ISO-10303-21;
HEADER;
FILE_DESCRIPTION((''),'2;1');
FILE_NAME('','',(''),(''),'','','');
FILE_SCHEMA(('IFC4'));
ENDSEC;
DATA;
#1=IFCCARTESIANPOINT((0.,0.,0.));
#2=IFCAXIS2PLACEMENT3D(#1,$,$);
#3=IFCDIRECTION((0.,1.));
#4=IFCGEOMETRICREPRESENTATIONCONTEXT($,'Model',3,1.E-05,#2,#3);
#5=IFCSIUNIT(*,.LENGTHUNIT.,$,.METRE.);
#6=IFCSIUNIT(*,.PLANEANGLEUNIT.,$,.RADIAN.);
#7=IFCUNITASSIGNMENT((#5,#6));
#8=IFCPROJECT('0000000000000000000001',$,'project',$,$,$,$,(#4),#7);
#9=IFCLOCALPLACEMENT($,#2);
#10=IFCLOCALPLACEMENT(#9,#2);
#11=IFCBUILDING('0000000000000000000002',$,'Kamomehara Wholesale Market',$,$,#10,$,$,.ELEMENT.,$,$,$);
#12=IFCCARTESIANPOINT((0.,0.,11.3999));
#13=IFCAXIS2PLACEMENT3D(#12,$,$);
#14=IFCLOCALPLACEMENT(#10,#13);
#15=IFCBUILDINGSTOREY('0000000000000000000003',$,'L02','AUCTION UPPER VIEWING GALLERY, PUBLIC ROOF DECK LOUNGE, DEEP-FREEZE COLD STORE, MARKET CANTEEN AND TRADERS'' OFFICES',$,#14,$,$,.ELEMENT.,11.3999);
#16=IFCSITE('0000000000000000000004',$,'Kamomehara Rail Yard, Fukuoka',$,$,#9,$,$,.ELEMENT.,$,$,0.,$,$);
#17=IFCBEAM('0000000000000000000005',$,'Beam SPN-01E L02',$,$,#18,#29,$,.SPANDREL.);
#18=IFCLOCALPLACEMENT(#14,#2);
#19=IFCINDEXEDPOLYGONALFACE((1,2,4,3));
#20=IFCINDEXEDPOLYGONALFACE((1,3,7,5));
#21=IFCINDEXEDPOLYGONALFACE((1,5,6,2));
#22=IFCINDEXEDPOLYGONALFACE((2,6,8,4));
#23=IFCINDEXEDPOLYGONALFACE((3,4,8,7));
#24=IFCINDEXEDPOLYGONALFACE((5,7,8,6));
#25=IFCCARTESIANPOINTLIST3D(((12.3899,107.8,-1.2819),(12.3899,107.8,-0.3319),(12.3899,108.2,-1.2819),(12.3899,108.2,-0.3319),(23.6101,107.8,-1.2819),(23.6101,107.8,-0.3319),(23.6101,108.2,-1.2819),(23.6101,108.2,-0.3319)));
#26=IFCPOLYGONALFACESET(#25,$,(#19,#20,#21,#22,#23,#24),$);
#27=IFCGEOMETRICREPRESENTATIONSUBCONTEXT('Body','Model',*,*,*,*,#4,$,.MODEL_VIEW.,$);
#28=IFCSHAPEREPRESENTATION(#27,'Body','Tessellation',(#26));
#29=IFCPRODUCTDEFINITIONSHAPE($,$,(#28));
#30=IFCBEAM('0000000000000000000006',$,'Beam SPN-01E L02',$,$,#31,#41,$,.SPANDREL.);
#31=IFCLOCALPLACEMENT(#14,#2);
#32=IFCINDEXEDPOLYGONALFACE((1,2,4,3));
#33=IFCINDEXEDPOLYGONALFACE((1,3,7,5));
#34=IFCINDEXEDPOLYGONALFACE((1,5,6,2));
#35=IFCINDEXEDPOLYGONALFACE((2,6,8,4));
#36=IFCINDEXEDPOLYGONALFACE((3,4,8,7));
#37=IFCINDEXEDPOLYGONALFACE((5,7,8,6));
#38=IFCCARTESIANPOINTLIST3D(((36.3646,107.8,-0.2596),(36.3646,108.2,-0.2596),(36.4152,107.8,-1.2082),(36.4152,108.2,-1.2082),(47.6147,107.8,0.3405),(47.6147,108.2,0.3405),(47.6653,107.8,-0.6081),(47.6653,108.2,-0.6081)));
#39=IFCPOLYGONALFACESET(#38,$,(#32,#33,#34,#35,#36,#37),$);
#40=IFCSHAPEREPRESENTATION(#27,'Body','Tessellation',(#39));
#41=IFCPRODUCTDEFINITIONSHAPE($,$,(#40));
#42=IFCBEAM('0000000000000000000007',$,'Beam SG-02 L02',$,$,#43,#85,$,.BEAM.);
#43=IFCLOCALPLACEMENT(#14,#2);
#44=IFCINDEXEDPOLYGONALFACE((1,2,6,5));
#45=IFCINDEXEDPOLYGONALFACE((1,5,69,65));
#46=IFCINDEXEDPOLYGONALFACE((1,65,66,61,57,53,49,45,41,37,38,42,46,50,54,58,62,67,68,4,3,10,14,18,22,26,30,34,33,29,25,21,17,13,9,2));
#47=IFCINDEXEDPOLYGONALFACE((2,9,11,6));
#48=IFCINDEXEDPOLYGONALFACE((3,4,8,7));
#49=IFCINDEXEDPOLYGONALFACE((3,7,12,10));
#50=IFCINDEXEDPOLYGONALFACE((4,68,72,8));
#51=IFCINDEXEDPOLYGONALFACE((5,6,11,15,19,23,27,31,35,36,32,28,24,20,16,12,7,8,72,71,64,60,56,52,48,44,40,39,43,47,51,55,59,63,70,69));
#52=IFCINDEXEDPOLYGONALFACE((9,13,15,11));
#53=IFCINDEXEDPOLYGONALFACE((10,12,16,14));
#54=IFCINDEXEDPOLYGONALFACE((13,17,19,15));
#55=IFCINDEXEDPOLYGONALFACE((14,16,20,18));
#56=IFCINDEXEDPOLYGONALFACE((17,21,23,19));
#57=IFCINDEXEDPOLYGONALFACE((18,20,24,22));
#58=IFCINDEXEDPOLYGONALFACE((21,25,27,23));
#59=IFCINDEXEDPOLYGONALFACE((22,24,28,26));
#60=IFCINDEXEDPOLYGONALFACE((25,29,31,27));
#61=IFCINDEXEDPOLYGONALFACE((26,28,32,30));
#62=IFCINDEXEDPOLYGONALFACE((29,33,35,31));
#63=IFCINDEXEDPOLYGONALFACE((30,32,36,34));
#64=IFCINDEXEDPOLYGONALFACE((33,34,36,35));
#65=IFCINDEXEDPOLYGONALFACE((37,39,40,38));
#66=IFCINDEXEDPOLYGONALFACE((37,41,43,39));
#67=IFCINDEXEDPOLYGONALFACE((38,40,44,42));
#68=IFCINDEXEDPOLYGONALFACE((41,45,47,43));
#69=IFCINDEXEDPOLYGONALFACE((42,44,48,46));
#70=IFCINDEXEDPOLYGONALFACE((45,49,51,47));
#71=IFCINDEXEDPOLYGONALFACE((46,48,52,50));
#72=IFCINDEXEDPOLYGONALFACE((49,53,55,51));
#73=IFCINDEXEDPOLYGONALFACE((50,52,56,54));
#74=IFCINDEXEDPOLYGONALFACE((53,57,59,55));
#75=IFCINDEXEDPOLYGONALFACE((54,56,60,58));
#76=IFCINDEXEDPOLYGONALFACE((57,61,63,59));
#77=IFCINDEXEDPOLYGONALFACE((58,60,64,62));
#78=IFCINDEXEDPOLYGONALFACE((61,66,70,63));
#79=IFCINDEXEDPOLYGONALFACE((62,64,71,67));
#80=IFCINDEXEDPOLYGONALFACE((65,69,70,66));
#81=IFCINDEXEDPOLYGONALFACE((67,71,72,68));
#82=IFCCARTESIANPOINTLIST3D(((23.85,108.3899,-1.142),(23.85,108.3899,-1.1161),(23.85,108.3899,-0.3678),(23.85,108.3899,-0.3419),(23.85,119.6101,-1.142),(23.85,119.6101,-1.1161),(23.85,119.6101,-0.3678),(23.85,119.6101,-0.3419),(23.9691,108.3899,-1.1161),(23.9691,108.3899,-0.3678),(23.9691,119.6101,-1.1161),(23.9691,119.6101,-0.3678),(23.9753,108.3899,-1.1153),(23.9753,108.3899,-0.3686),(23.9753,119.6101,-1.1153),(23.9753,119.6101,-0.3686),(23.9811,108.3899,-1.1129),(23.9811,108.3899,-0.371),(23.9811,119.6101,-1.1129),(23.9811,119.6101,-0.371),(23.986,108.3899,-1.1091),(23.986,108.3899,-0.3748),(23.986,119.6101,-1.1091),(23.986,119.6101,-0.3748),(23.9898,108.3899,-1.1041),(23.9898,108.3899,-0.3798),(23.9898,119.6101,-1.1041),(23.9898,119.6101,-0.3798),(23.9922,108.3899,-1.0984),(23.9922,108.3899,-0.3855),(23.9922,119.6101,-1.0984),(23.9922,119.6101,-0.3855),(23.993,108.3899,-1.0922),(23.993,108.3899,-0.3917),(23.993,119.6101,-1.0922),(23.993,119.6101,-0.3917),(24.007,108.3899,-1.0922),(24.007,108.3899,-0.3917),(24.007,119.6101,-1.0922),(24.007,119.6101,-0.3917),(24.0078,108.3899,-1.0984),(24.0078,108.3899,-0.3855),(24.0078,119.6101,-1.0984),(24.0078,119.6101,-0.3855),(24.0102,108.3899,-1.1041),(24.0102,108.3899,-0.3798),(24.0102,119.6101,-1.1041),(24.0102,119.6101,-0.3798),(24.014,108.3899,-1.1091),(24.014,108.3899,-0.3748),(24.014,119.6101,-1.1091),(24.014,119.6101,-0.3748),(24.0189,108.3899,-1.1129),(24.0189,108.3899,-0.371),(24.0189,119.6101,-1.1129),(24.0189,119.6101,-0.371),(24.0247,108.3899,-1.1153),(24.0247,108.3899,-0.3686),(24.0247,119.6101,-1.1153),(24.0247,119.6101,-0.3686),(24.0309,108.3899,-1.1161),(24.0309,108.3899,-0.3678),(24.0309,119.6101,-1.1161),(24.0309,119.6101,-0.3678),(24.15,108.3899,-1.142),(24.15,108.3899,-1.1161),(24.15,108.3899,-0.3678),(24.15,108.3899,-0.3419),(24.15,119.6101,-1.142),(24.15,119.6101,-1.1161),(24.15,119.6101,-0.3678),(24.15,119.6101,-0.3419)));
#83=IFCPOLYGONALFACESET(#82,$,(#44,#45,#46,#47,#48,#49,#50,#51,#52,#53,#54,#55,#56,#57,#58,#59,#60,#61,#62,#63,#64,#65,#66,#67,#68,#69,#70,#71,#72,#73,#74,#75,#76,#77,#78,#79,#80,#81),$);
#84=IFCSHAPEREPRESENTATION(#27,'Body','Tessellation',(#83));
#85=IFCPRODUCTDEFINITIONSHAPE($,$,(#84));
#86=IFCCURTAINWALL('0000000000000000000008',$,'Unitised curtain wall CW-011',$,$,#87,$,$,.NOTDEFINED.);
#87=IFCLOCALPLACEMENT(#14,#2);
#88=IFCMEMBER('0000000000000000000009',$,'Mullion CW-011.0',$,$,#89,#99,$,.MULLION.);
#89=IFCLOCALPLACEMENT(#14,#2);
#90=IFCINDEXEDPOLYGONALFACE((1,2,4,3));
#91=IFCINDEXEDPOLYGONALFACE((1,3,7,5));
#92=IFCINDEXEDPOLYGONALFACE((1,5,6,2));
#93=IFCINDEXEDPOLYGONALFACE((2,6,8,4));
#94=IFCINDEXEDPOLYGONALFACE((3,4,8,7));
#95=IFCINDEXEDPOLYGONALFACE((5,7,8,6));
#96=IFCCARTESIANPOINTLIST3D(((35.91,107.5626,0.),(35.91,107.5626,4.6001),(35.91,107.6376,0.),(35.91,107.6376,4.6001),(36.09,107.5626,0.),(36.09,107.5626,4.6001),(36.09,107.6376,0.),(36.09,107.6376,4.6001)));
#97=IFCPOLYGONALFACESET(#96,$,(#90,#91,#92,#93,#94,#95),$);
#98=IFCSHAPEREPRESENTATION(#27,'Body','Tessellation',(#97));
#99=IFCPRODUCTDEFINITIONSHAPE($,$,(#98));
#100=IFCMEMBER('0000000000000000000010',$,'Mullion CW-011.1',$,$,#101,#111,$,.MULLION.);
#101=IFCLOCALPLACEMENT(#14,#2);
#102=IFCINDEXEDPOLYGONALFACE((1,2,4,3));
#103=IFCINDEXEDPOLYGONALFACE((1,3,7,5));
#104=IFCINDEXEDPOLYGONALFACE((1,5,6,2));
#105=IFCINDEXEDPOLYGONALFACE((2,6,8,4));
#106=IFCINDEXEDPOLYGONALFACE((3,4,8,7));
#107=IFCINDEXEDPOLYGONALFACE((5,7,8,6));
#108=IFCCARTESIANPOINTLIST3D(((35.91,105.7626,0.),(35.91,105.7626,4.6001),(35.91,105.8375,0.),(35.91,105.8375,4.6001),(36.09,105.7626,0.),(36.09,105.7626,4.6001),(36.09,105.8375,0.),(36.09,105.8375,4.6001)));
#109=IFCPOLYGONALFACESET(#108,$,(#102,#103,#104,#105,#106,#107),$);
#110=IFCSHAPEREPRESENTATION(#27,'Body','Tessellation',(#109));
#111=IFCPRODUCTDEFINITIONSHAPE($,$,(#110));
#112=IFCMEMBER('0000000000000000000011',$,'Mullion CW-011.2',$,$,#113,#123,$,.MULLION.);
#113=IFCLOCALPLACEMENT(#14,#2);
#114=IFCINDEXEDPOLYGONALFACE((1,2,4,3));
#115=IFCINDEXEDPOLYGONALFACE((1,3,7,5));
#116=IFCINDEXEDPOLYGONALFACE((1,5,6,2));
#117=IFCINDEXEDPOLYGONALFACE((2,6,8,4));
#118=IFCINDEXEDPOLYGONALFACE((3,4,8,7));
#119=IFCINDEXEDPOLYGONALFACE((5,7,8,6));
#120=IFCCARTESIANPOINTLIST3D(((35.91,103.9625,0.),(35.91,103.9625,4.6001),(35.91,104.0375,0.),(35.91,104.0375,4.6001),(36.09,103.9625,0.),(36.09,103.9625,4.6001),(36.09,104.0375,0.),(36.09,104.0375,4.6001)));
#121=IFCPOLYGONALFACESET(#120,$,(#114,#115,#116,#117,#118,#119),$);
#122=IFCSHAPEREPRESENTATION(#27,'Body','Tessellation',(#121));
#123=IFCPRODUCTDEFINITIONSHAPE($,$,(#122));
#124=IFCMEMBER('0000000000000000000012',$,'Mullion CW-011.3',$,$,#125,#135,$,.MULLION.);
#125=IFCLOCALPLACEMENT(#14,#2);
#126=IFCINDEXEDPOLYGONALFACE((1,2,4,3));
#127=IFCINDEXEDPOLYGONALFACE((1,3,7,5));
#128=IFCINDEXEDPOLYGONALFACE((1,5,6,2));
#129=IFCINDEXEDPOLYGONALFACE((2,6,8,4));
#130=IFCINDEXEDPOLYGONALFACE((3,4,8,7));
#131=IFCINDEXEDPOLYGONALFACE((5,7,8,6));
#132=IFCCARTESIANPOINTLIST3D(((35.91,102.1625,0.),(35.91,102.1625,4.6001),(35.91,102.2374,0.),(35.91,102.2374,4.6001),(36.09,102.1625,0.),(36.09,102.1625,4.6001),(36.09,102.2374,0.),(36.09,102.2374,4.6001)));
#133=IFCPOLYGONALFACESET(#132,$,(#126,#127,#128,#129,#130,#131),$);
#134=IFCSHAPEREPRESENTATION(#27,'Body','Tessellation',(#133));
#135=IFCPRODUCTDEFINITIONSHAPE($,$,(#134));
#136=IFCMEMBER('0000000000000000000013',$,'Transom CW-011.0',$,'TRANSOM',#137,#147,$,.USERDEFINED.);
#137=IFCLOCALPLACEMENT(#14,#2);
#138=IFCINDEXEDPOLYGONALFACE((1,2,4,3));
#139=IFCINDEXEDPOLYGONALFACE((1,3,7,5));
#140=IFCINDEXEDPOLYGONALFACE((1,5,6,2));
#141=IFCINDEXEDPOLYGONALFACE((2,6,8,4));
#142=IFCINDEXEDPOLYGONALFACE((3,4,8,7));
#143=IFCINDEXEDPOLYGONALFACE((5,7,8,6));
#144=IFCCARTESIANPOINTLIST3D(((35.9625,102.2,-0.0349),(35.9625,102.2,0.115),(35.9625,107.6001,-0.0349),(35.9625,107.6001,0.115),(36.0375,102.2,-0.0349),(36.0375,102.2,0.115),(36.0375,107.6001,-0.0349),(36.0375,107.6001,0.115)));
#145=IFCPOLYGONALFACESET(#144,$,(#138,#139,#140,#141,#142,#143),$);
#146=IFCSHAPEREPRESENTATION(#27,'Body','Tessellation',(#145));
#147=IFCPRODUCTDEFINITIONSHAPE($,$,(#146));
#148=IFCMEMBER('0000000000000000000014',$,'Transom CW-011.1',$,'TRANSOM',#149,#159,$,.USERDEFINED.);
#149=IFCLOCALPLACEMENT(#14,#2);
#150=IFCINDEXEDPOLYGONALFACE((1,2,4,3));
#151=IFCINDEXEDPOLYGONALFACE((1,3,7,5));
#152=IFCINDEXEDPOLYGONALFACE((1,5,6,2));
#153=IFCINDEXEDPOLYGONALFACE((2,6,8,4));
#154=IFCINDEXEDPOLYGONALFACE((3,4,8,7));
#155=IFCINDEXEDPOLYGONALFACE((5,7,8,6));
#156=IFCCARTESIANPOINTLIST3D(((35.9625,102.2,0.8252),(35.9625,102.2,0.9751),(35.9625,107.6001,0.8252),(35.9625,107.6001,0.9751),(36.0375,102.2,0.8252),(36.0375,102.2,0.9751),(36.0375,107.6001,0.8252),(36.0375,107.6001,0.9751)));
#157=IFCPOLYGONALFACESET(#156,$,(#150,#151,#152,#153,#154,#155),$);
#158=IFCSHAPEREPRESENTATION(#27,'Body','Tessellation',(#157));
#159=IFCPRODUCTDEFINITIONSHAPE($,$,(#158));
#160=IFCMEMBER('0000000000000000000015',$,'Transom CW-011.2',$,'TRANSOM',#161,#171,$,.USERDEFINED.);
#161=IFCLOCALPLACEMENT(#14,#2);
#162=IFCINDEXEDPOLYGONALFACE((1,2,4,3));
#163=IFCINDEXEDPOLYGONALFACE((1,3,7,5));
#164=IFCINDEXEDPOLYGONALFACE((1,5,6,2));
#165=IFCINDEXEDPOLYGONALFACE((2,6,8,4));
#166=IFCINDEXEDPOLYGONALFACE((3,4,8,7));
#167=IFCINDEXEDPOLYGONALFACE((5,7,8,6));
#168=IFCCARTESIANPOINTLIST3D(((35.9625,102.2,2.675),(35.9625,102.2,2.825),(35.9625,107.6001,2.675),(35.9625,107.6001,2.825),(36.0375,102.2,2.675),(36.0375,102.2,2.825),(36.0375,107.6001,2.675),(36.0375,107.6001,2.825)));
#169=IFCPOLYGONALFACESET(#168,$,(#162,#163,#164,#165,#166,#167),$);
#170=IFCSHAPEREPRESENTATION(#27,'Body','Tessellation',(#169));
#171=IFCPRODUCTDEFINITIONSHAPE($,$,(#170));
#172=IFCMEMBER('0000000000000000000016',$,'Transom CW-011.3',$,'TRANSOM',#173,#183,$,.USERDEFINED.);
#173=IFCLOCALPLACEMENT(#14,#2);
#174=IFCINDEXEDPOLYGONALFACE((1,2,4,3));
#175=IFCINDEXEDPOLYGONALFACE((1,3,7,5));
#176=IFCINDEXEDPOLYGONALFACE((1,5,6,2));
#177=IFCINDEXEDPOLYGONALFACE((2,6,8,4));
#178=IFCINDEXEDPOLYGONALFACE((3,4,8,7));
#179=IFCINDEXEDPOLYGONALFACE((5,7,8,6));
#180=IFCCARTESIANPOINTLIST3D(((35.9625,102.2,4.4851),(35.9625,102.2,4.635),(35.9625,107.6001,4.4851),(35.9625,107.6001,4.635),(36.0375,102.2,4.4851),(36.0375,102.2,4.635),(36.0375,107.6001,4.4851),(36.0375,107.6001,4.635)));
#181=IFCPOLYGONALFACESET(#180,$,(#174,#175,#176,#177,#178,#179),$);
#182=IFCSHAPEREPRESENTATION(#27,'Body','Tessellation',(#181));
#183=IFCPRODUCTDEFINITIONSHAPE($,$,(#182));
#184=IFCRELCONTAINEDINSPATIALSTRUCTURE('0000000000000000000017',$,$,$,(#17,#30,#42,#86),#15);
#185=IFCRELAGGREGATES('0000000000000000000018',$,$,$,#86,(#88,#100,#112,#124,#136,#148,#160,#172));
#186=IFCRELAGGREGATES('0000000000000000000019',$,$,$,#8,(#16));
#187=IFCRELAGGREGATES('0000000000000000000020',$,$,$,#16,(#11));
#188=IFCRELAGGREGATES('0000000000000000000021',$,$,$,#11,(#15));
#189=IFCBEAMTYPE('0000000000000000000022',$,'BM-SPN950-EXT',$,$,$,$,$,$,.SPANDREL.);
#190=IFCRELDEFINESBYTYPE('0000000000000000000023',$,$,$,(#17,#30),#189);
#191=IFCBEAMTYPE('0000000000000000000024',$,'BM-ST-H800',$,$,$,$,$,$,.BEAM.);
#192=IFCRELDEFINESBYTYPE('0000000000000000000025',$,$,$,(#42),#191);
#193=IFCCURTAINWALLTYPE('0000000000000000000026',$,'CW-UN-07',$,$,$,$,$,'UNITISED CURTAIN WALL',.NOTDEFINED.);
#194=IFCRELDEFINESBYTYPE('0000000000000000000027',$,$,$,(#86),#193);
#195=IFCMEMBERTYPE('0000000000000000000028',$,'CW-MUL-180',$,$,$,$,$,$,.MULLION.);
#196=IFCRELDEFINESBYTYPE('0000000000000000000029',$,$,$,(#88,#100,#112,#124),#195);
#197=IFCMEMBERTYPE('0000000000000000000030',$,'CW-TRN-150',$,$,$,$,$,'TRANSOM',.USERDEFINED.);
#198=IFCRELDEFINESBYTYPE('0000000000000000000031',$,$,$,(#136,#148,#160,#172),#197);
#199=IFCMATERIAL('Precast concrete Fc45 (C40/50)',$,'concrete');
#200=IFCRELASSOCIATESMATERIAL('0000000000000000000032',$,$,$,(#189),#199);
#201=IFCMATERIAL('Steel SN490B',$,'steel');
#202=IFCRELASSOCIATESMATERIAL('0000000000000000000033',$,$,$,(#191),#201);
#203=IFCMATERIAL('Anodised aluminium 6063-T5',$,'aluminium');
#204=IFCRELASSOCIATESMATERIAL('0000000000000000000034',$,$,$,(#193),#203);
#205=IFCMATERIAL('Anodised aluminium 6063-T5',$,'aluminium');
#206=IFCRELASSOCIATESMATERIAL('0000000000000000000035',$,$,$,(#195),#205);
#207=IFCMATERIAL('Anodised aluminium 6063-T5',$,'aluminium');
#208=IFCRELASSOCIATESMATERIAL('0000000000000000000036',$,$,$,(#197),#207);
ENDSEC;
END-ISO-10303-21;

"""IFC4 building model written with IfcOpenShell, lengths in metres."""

from ifc_helpers import new_model, si_unit, direction, frame, origin, origin_2d, place, context, subcontext, project, spatial, rectangle, i_section, extrude, material, material_profile, profile_set, type_object, element, aggregate, save


model = new_model("IFC4")

# Units and contexts
model_context = context("Model", 3, precision=1e-05, world=origin(), true_north=direction((0.0, 1.0)))
body_context = subcontext(model_context, "Body", "Model", "MODEL_VIEW")
ifc_project = project(units=[si_unit("LENGTHUNIT", "METRE"), si_unit("PLANEANGLEUNIT", "RADIAN")], contexts=[model_context])

# Site, building, storey
site_placement = place(None, origin())
site = spatial("IfcSite", under=ifc_project, at=site_placement, Name="Kamomehara Rail Yard, Fukuoka", CompositionType="ELEMENT", RefElevation=0.0)
building_placement = place(site_placement, origin())
building = spatial("IfcBuilding", under=site, at=building_placement, Name="Kamomehara Wholesale Market", CompositionType="ELEMENT")
storey_placement = place(building_placement, frame((0.0, 0.0, 11.3999)))
storey = spatial("IfcBuildingStorey", under=building, at=storey_placement, Name="L02", Description="AUCTION UPPER VIEWING GALLERY, PUBLIC ROOF DECK LOUNGE, DEEP-FREEZE COLD STORE, MARKET CANTEEN AND TRADERS' OFFICES", CompositionType="ELEMENT", Elevation=11.3999)

# Beams
ifc_material_1 = material(Name="Precast concrete Fc45 (C40/50)", Category="concrete")
ifc_material_profile_1 = material_profile(ifc_material_1, rectangle(XDim=0.3999, YDim=0.95, at=origin_2d()), Name="PC-SPN-400x950")
ifc_profile_set_1 = profile_set([ifc_material_profile_1], Name="Precast concrete Fc45 (C40/50)")
beam_type_1 = type_object("IfcBeamType", Name="BM-SPN950-EXT", PredefinedType="SPANDREL", material=ifc_profile_set_1)
beam_1_placement = place(storey_placement, frame((12.3899, 108.0, -0.8069), z_axis=(1.0, 0.0, 0.0), x_axis=(0.0, 1.0, 0.0)))
element("IfcBeam", 1, at=beam_1_placement, inside=storey, type_object=beam_type_1, Name="Beam SPN-01E L02", PredefinedType="SPANDREL", context=body_context, shape_type="SweptSolid", body=[
    extrude(rectangle(XDim=0.3999, YDim=0.95, at=origin_2d()), origin(), (0.0, 0.0, 1.0), 11.2202),
])
beam_2_placement = place(storey_placement, frame((36.3899, 108.0, -0.7339), z_axis=(0.99858, 0.0, 0.053266), x_axis=(0.0, 1.0, 0.0)))
element("IfcBeam", 2, at=beam_2_placement, inside=storey, type_object=beam_type_1, Name="Beam SPN-01E L02", PredefinedType="SPANDREL", context=body_context, shape_type="SweptSolid", body=[
    extrude(rectangle(XDim=0.3999, YDim=0.95, at=origin_2d()), origin(), (0.0, 0.0, 1.0), 11.2661),
])
ifc_material_2 = material(Name="Steel SN490B", Category="steel")
ifc_material_profile_2 = material_profile(ifc_material_2, i_section(OverallWidth=0.3, OverallDepth=0.8, WebThickness=0.0139, FlangeThickness=0.0259, FilletRadius=0.0239, at=origin_2d()), Name="H-800x300x14x26")
ifc_profile_set_2 = profile_set([ifc_material_profile_2], Name="Steel SN490B")
beam_type_2 = type_object("IfcBeamType", Name="BM-ST-H800", PredefinedType="BEAM", material=ifc_profile_set_2)
beam_3_placement = place(storey_placement, frame((24.0, 108.3899, -0.7419), z_axis=(0.0, 1.0, 0.0), x_axis=(-1.0, 0.0, 0.0)))
element("IfcBeam", 3, at=beam_3_placement, inside=storey, type_object=beam_type_2, Name="Beam SG-02 L02", PredefinedType="BEAM", context=body_context, shape_type="SweptSolid", body=[
    extrude(i_section(OverallWidth=0.3, OverallDepth=0.8, WebThickness=0.0139, FlangeThickness=0.0259, FilletRadius=0.0239, at=origin_2d()), origin(), (0.0, 0.0, 1.0), 11.2202),
])

# Curtain wall, members
ifc_material_3 = material(Name="Anodised aluminium 6063-T5", Category="aluminium")
curtain_wall_type = type_object("IfcCurtainWallType", Name="CW-UN-07", ElementType="UNITISED CURTAIN WALL", PredefinedType="NOTDEFINED", material=ifc_material_3)
curtain_wall_1_placement = place(storey_placement, origin())
curtain_wall_1 = element("IfcCurtainWall", 4, at=curtain_wall_1_placement, inside=storey, type_object=curtain_wall_type, Name="Unitised curtain wall CW-011", PredefinedType="NOTDEFINED")
ifc_material_4 = material(Name="Anodised aluminium 6063-T5", Category="aluminium")
ifc_material_profile_3 = material_profile(ifc_material_4, rectangle(XDim=0.075, YDim=0.1799, at=origin_2d()), Name="ALU-MUL-75x180")
ifc_profile_set_3 = profile_set([ifc_material_profile_3], Name="Anodised aluminium 6063-T5")
member_type_1 = type_object("IfcMemberType", Name="CW-MUL-180", PredefinedType="MULLION", material=ifc_profile_set_3)
member_1_placement = place(storey_placement, frame((36.0, 107.6001, 0.0), z_axis=(0.0, 0.0, 1.0), x_axis=(0.0, -1.0, 0.0)))
member_1 = element("IfcMember", 5, at=member_1_placement, type_object=member_type_1, Name="Mullion CW-011.0", PredefinedType="MULLION", context=body_context, shape_type="SweptSolid", body=[
    extrude(rectangle(XDim=0.075, YDim=0.1799, at=origin_2d()), origin(), (0.0, 0.0, 1.0), 4.6001),
])
member_2_placement = place(storey_placement, frame((36.0, 105.8, 0.0), z_axis=(0.0, 0.0, 1.0), x_axis=(0.0, -1.0, 0.0)))
member_2 = element("IfcMember", 6, at=member_2_placement, type_object=member_type_1, Name="Mullion CW-011.1", PredefinedType="MULLION", context=body_context, shape_type="SweptSolid", body=[
    extrude(rectangle(XDim=0.075, YDim=0.1799, at=origin_2d()), origin(), (0.0, 0.0, 1.0), 4.6001),
])
member_3_placement = place(storey_placement, frame((36.0, 104.0, 0.0), z_axis=(0.0, 0.0, 1.0), x_axis=(0.0, -1.0, 0.0)))
member_3 = element("IfcMember", 7, at=member_3_placement, type_object=member_type_1, Name="Mullion CW-011.2", PredefinedType="MULLION", context=body_context, shape_type="SweptSolid", body=[
    extrude(rectangle(XDim=0.075, YDim=0.1799, at=origin_2d()), origin(), (0.0, 0.0, 1.0), 4.6001),
])
member_4_placement = place(storey_placement, frame((36.0, 102.2, 0.0), z_axis=(0.0, 0.0, 1.0), x_axis=(0.0, -1.0, 0.0)))
member_4 = element("IfcMember", 8, at=member_4_placement, type_object=member_type_1, Name="Mullion CW-011.3", PredefinedType="MULLION", context=body_context, shape_type="SweptSolid", body=[
    extrude(rectangle(XDim=0.075, YDim=0.1799, at=origin_2d()), origin(), (0.0, 0.0, 1.0), 4.6001),
])
ifc_material_5 = material(Name="Anodised aluminium 6063-T5", Category="aluminium")
ifc_material_profile_4 = material_profile(ifc_material_5, rectangle(XDim=0.075, YDim=0.1499, at=origin_2d()), Name="ALU-TRN-75x150")
ifc_profile_set_4 = profile_set([ifc_material_profile_4], Name="Anodised aluminium 6063-T5")
member_type_2 = type_object("IfcMemberType", Name="CW-TRN-150", ElementType="TRANSOM", PredefinedType="USERDEFINED", material=ifc_profile_set_4)
member_5_placement = place(storey_placement, frame((36.0, 107.6001, 0.04), z_axis=(0.0, -1.0, 0.0), x_axis=(1.0, 0.0, 0.0)))
member_5 = element("IfcMember", 9, at=member_5_placement, type_object=member_type_2, Name="Transom CW-011.0", ObjectType="TRANSOM", PredefinedType="USERDEFINED", context=body_context, shape_type="SweptSolid", body=[
    extrude(rectangle(XDim=0.075, YDim=0.1499, at=origin_2d()), origin(), (0.0, 0.0, 1.0), 5.4001),
])
member_6_placement = place(storey_placement, frame((36.0, 107.6001, 0.9001), z_axis=(0.0, -1.0, 0.0), x_axis=(1.0, 0.0, 0.0)))
member_6 = element("IfcMember", 10, at=member_6_placement, type_object=member_type_2, Name="Transom CW-011.1", ObjectType="TRANSOM", PredefinedType="USERDEFINED", context=body_context, shape_type="SweptSolid", body=[
    extrude(rectangle(XDim=0.075, YDim=0.1499, at=origin_2d()), origin(), (0.0, 0.0, 1.0), 5.4001),
])
member_7_placement = place(storey_placement, frame((36.0, 107.6001, 2.75), z_axis=(0.0, -1.0, 0.0), x_axis=(1.0, 0.0, 0.0)))
member_7 = element("IfcMember", 11, at=member_7_placement, type_object=member_type_2, Name="Transom CW-011.2", ObjectType="TRANSOM", PredefinedType="USERDEFINED", context=body_context, shape_type="SweptSolid", body=[
    extrude(rectangle(XDim=0.075, YDim=0.1499, at=origin_2d()), origin(), (0.0, 0.0, 1.0), 5.4001),
])
member_8_placement = place(storey_placement, frame((36.0, 107.6001, 4.5601), z_axis=(0.0, -1.0, 0.0), x_axis=(1.0, 0.0, 0.0)))
member_8 = element("IfcMember", 12, at=member_8_placement, type_object=member_type_2, Name="Transom CW-011.3", ObjectType="TRANSOM", PredefinedType="USERDEFINED", context=body_context, shape_type="SweptSolid", body=[
    extrude(rectangle(XDim=0.075, YDim=0.1499, at=origin_2d()), origin(), (0.0, 0.0, 1.0), 5.4001),
])

aggregate(curtain_wall_1, [member_1, member_2, member_3, member_4, member_5, member_6, member_7, member_8])

save(model, "model.ifc")
